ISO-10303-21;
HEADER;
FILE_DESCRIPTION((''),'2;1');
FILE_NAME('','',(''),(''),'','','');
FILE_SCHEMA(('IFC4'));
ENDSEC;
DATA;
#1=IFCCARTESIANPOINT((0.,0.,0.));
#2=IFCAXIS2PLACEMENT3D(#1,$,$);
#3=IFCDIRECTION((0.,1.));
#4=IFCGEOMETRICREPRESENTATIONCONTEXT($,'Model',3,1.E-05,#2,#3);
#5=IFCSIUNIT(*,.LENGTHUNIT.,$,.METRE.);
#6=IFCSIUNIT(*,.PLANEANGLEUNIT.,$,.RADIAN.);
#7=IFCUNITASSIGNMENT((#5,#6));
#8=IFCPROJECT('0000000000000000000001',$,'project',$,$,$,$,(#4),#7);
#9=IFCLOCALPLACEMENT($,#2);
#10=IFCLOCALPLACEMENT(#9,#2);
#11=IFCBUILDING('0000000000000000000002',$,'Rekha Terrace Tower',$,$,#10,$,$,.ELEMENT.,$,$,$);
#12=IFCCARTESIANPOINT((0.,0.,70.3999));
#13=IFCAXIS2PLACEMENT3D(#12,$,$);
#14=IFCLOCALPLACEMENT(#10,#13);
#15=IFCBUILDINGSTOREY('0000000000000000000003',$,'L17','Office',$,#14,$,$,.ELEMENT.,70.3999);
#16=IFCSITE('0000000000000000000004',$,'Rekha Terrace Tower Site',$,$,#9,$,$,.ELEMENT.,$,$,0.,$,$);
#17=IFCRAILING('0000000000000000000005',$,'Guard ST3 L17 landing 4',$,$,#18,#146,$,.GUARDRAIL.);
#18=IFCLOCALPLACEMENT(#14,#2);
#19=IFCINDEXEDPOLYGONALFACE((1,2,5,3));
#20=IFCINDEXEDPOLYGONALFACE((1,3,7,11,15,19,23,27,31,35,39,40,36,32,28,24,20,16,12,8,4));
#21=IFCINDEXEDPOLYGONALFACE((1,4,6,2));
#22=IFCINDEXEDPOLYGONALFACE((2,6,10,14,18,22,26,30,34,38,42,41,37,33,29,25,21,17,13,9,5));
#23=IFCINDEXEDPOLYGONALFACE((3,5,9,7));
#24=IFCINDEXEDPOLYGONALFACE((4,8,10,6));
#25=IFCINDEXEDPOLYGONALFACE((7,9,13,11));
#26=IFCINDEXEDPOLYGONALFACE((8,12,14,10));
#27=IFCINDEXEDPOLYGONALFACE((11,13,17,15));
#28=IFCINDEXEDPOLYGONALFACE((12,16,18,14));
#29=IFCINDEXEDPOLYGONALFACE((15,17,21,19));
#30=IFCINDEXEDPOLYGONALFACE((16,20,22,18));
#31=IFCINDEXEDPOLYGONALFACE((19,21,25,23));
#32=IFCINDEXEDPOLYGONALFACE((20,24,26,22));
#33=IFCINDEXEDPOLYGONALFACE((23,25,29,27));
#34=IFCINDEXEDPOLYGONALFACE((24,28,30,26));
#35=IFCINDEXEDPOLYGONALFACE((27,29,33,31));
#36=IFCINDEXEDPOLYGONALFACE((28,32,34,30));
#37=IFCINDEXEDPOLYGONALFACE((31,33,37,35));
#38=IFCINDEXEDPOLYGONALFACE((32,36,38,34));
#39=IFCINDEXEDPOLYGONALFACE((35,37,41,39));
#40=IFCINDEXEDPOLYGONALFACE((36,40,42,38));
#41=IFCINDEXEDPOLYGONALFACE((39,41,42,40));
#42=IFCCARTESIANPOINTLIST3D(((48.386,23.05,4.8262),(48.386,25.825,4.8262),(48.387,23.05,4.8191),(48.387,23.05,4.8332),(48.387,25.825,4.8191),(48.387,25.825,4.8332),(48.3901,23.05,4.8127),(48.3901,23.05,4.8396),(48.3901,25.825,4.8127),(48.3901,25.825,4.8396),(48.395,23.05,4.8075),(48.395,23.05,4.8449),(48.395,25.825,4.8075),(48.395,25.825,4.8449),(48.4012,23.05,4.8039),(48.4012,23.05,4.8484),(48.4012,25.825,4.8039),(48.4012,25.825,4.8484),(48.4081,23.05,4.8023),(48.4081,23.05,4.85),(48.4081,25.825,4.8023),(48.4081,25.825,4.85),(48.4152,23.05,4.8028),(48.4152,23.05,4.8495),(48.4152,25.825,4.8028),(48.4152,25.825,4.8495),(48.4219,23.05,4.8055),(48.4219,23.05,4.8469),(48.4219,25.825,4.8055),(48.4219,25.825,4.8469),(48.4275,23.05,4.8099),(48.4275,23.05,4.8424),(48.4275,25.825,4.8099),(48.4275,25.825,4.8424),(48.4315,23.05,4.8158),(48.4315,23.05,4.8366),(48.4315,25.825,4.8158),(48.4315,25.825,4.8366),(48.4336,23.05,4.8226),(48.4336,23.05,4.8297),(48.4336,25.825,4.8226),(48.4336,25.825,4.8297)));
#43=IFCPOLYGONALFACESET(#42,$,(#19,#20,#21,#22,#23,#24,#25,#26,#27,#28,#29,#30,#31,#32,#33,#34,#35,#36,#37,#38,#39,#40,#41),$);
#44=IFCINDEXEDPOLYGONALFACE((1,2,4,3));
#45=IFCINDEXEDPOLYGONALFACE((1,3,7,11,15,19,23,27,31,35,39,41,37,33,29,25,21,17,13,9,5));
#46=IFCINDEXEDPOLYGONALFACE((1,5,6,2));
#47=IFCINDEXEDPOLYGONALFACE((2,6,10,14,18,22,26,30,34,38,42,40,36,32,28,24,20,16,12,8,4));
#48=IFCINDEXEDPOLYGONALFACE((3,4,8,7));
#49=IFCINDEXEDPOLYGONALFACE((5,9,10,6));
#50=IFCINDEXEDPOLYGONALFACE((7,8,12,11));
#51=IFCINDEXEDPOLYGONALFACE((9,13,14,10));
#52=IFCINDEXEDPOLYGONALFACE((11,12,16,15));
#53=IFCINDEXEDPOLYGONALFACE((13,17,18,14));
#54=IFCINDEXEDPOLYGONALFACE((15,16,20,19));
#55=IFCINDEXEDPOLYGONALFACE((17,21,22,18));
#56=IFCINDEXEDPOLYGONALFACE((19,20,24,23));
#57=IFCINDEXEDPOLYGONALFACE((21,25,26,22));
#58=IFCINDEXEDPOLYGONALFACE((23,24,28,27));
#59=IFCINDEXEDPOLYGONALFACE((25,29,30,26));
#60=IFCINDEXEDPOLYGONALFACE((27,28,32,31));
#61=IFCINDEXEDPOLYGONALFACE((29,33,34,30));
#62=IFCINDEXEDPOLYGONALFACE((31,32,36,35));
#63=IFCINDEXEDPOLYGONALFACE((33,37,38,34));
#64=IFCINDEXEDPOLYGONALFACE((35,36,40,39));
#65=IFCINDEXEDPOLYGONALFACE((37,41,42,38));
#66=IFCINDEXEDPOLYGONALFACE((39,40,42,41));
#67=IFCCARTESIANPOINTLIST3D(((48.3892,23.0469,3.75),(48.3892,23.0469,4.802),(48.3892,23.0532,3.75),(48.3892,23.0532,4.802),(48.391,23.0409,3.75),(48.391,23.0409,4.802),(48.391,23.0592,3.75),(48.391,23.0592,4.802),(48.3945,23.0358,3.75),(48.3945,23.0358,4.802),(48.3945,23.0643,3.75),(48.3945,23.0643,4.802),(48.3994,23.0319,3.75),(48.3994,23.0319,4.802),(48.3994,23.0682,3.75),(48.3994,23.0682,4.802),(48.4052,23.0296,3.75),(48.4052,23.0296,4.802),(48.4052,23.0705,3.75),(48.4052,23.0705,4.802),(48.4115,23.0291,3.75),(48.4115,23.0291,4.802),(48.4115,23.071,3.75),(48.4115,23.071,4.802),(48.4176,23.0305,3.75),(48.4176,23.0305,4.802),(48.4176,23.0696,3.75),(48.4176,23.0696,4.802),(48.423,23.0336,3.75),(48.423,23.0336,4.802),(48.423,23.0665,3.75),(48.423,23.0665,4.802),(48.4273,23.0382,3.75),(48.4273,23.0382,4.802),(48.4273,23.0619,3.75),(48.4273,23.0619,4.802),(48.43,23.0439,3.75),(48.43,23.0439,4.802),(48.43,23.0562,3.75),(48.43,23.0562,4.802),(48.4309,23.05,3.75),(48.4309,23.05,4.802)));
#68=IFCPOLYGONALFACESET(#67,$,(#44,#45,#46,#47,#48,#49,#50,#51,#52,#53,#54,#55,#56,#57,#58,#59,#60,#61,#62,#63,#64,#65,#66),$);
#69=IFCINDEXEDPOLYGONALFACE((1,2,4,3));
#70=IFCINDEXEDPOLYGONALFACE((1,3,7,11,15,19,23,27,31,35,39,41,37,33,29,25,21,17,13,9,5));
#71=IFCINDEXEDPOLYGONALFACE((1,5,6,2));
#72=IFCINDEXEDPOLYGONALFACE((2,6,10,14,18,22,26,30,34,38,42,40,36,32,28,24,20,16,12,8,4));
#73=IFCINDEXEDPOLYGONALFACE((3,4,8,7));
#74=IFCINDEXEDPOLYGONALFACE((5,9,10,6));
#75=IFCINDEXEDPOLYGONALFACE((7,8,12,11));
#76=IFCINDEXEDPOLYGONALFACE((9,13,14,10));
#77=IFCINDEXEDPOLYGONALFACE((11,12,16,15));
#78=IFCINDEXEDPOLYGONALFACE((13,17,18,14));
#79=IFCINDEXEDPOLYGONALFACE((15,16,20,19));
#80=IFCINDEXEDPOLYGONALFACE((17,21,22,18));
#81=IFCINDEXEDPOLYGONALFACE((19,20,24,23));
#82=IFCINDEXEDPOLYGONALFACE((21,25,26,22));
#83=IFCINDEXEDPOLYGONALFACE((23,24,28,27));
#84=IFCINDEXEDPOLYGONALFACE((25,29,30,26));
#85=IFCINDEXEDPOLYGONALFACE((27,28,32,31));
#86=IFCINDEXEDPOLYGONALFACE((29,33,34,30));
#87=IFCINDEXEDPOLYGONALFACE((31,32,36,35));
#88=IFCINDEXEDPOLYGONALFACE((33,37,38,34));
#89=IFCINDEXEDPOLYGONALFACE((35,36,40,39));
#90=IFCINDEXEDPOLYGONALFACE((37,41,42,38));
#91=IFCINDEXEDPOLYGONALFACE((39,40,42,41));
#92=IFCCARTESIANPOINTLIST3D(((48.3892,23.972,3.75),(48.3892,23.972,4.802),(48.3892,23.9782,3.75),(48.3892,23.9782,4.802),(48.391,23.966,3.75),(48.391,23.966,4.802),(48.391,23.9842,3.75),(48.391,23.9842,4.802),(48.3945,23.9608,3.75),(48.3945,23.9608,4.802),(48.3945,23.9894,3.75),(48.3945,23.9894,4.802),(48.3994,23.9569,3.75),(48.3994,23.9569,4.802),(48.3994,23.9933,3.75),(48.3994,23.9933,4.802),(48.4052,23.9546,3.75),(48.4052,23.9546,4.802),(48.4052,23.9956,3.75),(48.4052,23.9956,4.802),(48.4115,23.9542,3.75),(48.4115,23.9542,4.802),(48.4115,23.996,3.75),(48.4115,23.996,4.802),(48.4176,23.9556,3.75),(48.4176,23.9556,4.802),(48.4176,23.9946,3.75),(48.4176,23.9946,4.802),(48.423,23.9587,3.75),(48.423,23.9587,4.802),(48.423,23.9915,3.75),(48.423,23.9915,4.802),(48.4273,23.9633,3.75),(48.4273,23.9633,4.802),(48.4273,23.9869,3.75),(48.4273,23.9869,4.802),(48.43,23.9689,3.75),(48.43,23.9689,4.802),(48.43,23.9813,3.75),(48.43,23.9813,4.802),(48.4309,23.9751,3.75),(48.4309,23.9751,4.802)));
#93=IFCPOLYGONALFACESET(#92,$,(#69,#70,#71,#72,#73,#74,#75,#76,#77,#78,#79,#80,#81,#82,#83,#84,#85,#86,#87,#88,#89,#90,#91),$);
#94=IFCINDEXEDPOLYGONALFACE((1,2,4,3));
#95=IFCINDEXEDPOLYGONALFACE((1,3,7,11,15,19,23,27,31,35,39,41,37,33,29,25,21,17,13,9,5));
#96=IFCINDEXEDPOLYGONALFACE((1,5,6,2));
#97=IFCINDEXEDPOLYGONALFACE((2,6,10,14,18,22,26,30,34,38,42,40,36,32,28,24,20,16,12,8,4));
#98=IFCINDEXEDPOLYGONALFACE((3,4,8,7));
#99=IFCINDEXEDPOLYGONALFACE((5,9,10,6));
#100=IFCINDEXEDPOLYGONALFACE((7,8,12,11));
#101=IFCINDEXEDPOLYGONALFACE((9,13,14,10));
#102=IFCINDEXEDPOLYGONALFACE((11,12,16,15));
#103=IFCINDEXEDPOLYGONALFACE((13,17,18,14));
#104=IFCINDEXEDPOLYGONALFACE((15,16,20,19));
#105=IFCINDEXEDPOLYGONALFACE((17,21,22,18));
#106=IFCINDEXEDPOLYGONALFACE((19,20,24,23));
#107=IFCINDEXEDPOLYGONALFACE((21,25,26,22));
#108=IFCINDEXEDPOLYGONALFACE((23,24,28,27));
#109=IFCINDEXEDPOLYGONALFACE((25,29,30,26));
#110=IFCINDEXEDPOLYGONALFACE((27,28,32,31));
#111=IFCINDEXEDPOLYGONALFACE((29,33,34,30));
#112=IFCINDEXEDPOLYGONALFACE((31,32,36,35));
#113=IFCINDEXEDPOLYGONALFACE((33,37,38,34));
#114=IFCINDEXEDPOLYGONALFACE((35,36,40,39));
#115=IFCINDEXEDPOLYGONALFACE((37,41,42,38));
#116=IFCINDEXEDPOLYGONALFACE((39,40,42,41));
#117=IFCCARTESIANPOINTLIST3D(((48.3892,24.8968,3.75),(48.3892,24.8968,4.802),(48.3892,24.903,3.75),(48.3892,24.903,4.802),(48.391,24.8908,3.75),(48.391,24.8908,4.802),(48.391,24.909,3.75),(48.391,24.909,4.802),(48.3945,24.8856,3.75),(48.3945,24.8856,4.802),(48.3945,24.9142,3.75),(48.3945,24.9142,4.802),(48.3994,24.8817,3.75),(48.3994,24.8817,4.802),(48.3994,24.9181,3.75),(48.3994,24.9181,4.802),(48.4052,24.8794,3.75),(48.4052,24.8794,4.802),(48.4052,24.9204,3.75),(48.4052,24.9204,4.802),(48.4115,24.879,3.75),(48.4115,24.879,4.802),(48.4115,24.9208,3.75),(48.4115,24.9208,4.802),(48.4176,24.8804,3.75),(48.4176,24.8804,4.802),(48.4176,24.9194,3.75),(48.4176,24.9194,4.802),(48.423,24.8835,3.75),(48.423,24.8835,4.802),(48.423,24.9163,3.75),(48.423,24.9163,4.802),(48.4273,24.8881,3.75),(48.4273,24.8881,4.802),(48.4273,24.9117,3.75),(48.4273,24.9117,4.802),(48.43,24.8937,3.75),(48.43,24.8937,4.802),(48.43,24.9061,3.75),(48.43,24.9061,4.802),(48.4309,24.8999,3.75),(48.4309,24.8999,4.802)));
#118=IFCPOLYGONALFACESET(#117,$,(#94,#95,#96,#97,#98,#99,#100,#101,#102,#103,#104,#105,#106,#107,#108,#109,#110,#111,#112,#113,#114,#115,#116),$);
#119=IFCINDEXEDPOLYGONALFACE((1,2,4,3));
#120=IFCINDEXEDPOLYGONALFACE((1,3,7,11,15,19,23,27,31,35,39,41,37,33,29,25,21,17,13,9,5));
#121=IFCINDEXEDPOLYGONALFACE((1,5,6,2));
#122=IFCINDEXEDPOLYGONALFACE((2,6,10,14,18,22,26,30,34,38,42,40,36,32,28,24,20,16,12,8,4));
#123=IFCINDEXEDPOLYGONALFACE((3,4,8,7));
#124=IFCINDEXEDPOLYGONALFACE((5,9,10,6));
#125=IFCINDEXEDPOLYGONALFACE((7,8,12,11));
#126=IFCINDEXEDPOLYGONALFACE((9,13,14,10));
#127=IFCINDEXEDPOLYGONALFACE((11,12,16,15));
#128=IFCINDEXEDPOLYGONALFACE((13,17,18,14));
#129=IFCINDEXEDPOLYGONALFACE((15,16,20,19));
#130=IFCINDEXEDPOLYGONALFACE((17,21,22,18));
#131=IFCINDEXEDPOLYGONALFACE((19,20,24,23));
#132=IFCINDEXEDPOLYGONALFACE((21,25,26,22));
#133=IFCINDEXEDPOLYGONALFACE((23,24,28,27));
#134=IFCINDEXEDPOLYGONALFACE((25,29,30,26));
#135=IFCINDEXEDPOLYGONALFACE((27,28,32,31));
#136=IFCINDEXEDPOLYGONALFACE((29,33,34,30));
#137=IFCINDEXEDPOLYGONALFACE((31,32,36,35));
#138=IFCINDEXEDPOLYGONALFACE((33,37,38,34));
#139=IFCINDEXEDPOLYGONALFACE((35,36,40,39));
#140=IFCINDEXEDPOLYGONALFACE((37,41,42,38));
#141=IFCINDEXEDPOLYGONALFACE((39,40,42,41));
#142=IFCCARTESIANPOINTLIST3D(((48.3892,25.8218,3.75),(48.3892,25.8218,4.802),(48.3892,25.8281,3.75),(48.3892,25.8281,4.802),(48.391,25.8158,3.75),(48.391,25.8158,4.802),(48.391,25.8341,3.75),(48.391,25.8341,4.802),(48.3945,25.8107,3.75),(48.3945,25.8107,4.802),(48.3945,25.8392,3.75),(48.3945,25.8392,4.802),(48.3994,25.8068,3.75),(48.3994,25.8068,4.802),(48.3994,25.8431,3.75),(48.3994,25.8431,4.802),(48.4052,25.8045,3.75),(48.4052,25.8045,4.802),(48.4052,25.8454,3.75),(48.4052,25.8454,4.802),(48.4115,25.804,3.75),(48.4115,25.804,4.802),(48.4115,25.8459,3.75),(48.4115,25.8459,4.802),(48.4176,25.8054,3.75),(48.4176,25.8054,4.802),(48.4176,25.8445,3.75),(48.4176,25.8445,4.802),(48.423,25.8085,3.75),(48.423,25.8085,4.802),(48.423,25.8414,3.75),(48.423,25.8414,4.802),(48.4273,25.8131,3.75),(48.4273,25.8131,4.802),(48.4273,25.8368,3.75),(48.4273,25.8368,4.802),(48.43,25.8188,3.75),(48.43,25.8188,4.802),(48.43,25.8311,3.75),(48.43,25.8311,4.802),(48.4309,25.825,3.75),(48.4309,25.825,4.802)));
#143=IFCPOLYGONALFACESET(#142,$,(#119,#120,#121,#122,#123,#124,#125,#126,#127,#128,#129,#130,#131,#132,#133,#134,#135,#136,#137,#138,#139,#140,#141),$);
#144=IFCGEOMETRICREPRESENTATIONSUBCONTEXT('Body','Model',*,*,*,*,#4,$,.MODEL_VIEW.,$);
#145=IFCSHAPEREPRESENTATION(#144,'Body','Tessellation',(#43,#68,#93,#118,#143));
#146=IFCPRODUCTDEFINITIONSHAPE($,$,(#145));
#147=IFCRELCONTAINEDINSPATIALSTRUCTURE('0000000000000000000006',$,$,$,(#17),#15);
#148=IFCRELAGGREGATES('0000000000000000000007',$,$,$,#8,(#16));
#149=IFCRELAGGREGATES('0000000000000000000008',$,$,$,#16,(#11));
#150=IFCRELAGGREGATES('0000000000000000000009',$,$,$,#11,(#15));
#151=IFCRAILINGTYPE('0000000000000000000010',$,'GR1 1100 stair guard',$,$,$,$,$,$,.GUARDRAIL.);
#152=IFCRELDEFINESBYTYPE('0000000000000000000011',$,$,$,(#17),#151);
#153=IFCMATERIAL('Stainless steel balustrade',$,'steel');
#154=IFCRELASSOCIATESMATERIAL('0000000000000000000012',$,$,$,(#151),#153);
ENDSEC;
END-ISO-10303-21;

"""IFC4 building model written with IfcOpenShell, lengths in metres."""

from ifc_helpers import new_model, si_unit, direction, frame, origin, origin_2d, place, context, subcontext, project, spatial, circle, extrude, material, type_object, element, save


model = new_model("IFC4")

# Units and contexts
model_context = context("Model", 3, precision=1e-05, world=origin(), true_north=direction((0.0, 1.0)))
body_context = subcontext(model_context, "Body", "Model", "MODEL_VIEW")
ifc_project = project(units=[si_unit("LENGTHUNIT", "METRE"), si_unit("PLANEANGLEUNIT", "RADIAN")], contexts=[model_context])

# Site, building, storey
site_placement = place(None, origin())
site = spatial("IfcSite", under=ifc_project, at=site_placement, Name="Rekha Terrace Tower Site", CompositionType="ELEMENT", RefElevation=0.0)
building_placement = place(site_placement, origin())
building = spatial("IfcBuilding", under=site, at=building_placement, Name="Rekha Terrace Tower", CompositionType="ELEMENT")
storey_placement = place(building_placement, frame((0.0, 0.0, 70.3999)))
storey = spatial("IfcBuildingStorey", under=building, at=storey_placement, Name="L17", Description="Office", CompositionType="ELEMENT", Elevation=70.3999)

# Railing
ifc_material_1 = material(Name="Stainless steel balustrade", Category="steel")
railing_type_1 = type_object("IfcRailingType", Name="GR1 1100 stair guard", PredefinedType="GUARDRAIL", material=ifc_material_1)
railing_1_placement = place(storey_placement, frame((48.4099, 23.05, 3.75)))
element("IfcRailing", 1, at=railing_1_placement, inside=storey, type_object=railing_type_1, Name="Guard ST3 L17 landing 4", PredefinedType="GUARDRAIL", context=body_context, shape_type="SweptSolid", body=[
    extrude(circle(Radius=0.0239, at=origin_2d()), frame((0.0, 0.0, 1.0762), z_axis=(0.0, 1.0, 0.0), x_axis=(-1.0, 0.0, 0.0)), (0.0, 0.0, 1.0), 2.7749),
    extrude(circle(Radius=0.021, at=origin_2d()), origin(), (0.0, 0.0, 1.0), 1.052),
    extrude(circle(Radius=0.021, at=origin_2d()), frame((0.0, 0.925, 0.0)), (0.0, 0.0, 1.0), 1.052),
    extrude(circle(Radius=0.021, at=origin_2d()), frame((0.0, 1.8499, 0.0)), (0.0, 0.0, 1.0), 1.052),
    extrude(circle(Radius=0.021, at=origin_2d()), frame((0.0, 2.7749, 0.0)), (0.0, 0.0, 1.0), 1.052),
])

save(model, "model.ifc")
